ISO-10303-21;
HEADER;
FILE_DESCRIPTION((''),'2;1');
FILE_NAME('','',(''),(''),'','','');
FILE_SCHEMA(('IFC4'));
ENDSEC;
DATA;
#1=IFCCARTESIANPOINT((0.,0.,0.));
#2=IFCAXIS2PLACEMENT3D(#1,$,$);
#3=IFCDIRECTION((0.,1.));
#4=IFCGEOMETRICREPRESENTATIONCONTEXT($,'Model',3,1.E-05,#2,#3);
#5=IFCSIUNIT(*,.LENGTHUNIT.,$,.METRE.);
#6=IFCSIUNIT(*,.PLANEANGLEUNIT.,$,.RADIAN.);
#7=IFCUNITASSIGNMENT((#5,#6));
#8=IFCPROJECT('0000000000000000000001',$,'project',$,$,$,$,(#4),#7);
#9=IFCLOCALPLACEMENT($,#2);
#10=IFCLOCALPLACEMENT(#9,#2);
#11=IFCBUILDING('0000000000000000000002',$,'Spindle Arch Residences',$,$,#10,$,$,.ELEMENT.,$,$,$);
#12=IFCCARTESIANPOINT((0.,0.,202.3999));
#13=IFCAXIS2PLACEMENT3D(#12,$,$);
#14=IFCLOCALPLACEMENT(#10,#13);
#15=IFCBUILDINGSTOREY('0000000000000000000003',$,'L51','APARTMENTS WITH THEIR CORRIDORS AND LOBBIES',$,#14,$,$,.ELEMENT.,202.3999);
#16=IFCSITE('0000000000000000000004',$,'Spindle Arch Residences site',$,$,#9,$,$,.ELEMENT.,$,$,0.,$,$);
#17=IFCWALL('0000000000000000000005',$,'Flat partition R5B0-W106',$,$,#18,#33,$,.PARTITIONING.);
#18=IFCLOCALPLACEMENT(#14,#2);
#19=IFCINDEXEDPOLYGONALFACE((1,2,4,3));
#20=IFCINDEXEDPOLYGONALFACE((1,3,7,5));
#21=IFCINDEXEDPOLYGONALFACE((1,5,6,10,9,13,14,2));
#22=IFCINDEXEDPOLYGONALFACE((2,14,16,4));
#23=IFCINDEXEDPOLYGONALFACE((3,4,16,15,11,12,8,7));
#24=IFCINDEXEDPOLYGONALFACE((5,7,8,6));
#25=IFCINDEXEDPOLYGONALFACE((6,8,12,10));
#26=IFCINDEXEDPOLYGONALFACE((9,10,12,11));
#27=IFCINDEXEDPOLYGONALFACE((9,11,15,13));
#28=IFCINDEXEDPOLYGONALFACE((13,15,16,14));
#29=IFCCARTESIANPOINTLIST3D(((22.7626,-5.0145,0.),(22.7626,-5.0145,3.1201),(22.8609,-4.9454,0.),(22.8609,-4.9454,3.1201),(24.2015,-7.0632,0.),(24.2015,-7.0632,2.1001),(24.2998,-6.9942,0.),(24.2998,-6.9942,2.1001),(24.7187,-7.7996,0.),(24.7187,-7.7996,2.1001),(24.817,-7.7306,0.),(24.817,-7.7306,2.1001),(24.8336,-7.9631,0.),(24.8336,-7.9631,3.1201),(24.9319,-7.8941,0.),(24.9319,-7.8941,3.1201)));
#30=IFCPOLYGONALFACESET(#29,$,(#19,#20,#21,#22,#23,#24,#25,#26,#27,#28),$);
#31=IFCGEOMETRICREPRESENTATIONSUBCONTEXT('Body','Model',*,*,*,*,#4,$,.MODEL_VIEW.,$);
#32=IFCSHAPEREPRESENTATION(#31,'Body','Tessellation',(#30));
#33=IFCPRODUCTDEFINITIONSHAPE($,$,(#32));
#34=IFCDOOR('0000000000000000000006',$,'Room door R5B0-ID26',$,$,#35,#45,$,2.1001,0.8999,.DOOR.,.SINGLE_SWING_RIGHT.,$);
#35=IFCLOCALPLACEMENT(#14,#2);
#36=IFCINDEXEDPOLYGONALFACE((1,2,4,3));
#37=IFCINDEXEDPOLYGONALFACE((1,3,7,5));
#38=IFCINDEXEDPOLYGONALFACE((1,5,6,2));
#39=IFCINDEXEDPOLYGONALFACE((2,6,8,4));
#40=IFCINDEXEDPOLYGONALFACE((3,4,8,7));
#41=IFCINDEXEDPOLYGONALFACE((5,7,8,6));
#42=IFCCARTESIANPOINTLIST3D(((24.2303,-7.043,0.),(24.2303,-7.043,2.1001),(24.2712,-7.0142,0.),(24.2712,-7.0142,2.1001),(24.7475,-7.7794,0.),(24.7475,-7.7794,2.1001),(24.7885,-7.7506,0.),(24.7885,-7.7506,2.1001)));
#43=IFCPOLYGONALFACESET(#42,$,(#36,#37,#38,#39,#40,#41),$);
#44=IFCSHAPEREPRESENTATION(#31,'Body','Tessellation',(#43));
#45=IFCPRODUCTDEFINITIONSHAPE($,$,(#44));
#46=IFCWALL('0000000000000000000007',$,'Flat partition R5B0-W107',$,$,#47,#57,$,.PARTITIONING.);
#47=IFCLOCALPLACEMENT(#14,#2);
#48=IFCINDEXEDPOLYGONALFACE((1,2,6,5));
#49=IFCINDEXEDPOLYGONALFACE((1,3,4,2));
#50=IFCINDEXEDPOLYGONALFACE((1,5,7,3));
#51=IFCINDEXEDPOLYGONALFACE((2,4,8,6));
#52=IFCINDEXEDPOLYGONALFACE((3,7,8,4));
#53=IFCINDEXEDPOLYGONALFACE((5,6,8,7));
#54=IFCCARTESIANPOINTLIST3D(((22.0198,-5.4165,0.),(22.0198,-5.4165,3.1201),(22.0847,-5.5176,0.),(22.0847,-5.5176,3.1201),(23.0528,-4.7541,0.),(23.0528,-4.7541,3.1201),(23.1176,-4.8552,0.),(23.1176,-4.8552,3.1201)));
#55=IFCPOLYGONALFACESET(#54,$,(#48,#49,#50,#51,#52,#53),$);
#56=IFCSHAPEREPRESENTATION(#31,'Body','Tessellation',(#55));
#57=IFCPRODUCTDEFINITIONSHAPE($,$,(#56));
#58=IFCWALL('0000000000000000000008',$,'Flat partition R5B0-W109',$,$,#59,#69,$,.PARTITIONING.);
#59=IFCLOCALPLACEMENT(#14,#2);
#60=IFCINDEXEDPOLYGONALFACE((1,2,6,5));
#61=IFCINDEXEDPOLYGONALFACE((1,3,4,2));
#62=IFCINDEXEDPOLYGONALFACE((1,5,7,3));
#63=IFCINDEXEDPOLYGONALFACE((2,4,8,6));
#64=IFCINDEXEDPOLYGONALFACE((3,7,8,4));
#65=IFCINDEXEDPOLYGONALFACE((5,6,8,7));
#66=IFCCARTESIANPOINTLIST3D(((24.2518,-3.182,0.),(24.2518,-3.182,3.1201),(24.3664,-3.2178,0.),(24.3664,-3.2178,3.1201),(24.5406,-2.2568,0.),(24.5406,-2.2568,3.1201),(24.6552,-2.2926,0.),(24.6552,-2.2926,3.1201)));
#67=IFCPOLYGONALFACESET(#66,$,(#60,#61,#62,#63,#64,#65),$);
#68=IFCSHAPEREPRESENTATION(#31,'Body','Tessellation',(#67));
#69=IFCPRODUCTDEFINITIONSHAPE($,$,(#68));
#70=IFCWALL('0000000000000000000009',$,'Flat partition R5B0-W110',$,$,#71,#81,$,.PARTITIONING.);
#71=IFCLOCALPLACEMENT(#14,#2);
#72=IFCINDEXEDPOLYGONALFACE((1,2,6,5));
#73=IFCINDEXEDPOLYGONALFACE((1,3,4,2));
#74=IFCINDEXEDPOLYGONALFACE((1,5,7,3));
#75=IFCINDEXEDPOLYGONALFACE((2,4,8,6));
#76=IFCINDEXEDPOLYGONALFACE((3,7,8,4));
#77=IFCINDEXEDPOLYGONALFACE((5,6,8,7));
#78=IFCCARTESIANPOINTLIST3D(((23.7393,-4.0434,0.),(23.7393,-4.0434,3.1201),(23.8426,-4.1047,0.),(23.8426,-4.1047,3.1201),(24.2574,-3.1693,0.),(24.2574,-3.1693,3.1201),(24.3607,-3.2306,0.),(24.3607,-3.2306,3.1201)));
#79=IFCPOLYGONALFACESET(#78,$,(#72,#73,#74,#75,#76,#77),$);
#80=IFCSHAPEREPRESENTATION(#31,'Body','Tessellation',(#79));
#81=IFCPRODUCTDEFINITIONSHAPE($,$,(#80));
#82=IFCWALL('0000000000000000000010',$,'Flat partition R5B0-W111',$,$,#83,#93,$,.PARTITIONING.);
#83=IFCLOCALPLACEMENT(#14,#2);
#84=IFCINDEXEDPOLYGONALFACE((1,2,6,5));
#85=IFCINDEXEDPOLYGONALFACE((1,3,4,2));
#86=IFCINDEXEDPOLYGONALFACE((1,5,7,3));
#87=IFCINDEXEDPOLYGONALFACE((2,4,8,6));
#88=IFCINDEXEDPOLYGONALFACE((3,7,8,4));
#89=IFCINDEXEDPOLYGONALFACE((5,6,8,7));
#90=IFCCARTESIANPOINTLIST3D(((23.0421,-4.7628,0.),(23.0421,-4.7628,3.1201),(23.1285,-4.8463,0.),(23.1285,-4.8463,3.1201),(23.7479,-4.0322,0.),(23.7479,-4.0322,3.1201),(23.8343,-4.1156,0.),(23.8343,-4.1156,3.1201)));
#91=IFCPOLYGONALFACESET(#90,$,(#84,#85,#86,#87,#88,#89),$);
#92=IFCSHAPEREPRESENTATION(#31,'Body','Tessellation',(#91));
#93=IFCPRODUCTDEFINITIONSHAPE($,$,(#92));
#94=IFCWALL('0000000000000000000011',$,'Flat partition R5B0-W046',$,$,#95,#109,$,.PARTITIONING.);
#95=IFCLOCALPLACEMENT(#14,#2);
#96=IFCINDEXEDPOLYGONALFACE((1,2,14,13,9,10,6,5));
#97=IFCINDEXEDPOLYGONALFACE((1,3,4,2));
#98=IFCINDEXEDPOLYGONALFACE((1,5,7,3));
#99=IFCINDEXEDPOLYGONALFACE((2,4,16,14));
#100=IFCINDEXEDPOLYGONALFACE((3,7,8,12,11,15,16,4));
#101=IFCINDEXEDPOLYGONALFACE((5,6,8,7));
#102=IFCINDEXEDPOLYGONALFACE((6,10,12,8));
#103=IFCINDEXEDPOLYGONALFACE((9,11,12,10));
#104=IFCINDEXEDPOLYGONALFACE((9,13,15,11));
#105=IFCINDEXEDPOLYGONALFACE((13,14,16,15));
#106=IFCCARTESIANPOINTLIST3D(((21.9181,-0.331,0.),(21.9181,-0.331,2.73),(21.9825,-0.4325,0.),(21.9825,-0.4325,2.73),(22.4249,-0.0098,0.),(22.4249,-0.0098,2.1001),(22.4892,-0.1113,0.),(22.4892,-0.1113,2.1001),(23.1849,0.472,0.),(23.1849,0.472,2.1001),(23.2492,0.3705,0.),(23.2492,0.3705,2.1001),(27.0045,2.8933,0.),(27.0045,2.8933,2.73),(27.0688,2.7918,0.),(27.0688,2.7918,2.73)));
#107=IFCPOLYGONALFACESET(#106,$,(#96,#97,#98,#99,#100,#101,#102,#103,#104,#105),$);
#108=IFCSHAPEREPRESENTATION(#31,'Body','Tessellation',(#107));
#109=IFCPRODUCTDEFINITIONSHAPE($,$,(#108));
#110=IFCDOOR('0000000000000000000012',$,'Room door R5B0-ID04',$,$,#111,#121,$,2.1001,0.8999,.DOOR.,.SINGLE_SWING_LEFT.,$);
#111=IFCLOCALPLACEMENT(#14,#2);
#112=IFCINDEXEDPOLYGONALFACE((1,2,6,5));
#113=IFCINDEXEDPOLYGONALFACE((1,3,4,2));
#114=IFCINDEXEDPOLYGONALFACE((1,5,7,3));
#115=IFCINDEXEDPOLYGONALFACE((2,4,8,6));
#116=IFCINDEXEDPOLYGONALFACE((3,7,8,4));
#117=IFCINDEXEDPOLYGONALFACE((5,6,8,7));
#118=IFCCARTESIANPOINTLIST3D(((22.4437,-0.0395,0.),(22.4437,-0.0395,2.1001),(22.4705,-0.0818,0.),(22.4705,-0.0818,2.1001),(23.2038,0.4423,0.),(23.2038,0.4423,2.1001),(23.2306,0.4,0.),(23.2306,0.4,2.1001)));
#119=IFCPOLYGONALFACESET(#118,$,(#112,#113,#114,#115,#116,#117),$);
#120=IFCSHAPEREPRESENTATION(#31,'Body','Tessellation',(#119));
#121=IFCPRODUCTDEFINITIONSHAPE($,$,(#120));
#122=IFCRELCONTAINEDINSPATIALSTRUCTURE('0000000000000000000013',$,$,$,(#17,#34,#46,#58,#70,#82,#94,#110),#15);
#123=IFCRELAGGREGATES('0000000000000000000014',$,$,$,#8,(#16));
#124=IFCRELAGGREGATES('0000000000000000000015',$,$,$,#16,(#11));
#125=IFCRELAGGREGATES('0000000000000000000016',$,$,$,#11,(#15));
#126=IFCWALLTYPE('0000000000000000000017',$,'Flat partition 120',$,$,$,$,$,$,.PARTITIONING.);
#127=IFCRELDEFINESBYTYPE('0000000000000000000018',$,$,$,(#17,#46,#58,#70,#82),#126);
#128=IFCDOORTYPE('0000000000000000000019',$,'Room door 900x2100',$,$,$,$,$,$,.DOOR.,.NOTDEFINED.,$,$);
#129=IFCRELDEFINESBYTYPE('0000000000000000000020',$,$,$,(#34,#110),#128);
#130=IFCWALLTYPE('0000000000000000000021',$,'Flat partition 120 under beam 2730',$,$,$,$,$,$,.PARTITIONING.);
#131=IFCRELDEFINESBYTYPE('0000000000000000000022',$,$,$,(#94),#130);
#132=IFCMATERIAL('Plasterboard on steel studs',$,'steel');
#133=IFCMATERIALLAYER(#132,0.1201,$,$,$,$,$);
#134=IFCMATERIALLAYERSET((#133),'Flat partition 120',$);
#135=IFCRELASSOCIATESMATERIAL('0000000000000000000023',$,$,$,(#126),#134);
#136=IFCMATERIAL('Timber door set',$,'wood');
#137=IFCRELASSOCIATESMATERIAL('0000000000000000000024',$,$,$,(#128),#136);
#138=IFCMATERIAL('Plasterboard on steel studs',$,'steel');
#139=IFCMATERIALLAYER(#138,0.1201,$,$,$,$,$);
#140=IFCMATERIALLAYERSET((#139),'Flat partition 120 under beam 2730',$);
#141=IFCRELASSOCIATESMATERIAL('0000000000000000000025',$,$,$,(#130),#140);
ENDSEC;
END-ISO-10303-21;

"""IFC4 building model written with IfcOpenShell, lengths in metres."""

from ifc_helpers import new_model, si_unit, direction, frame, frame_2d, origin, place, context, subcontext, project, spatial, rectangle, extrude, material, layer, layer_set, type_object, element, fill, save


model = new_model("IFC4")

# Units and contexts
model_context = context("Model", 3, precision=1e-05, world=origin(), true_north=direction((0.0, 1.0)))
body_context = subcontext(model_context, "Body", "Model", "MODEL_VIEW")
ifc_project = project(units=[si_unit("LENGTHUNIT", "METRE"), si_unit("PLANEANGLEUNIT", "RADIAN")], contexts=[model_context])

# Site, building, storey
site_placement = place(None, origin())
site = spatial("IfcSite", under=ifc_project, at=site_placement, Name="Spindle Arch Residences site", CompositionType="ELEMENT", RefElevation=0.0)
building_placement = place(site_placement, origin())
building = spatial("IfcBuilding", under=site, at=building_placement, Name="Spindle Arch Residences", CompositionType="ELEMENT")
storey_placement = place(building_placement, frame((0.0, 0.0, 202.3999)))
storey = spatial("IfcBuildingStorey", under=building, at=storey_placement, Name="L51", Description="APARTMENTS WITH THEIR CORRIDORS AND LOBBIES", CompositionType="ELEMENT", Elevation=202.3999)

# Shared definitions
ifc_material_1 = material(Name="Plasterboard on steel studs", Category="steel")
ifc_layer_1 = layer(ifc_material_1, 0.1201)
ifc_layer_set_1 = layer_set([ifc_layer_1], Name="Flat partition 120")
wall_type_1 = type_object("IfcWallType", Name="Flat partition 120", PredefinedType="PARTITIONING", material=ifc_layer_set_1)

# Wall, opening, door
wall_1_placement = place(storey_placement, frame((24.8828, -7.9287, 0.0), z_axis=(0.0, 0.0, 1.0), x_axis=(-0.574753, 0.818327, 0.0)))
wall_1 = element("IfcWall", 1, at=wall_1_placement, inside=storey, type_object=wall_type_1, Name="Flat partition R5B0-W106", PredefinedType="PARTITIONING", context=body_context, shape_type="SweptSolid", body=[
    extrude(rectangle(XDim=3.6033, YDim=0.1201, at=frame_2d((1.8018, 0.0))), origin(), (0.0, 0.0, 1.0), 3.1201),
])
opening_1_placement = place(wall_1_placement, frame((0.2, 0.0, 0.0)))
opening_1 = element("IfcOpeningElement", 2, at=opening_1_placement, cuts=wall_1, PredefinedType="OPENING", context=body_context, shape_type="SweptSolid", body=[
    extrude(rectangle(XDim=0.8999, YDim=2.1001, at=frame_2d((0.45, 1.05))), frame((0.0, 0.0701, 0.0), z_axis=(0.0, -1.0, 0.0), x_axis=(1.0, 0.0, 0.0)), (0.0, 0.0, 1.0), 0.1401),
])
ifc_material_2 = material(Name="Timber door set", Category="wood")
door_type = type_object("IfcDoorType", Name="Room door 900x2100", OperationType="NOTDEFINED", PredefinedType="DOOR", material=ifc_material_2)
door_1_placement = place(opening_1_placement, origin())
door_1 = element("IfcDoor", 3, at=door_1_placement, inside=storey, type_object=door_type, Name="Room door R5B0-ID26", OperationType="SINGLE_SWING_RIGHT", OverallHeight=2.1001, OverallWidth=0.8999, PredefinedType="DOOR", context=body_context, shape_type="SweptSolid", body=[
    extrude(rectangle(XDim=0.8999, YDim=2.1001, at=frame_2d((0.45, 1.05))), frame((0.0, 0.0249, 0.0), z_axis=(0.0, -1.0, 0.0), x_axis=(1.0, 0.0, 0.0)), (0.0, 0.0, 1.0), 0.05),
])
fill(opening_1, door_1)

# Walls
wall_2_placement = place(storey_placement, frame((23.0852, -4.8047, 0.0), z_axis=(0.0, 0.0, 1.0), x_axis=(-0.841805, -0.539782, 0.0)))
element("IfcWall", 4, at=wall_2_placement, inside=storey, type_object=wall_type_1, Name="Flat partition R5B0-W107", PredefinedType="PARTITIONING", context=body_context, shape_type="SweptSolid", body=[
    extrude(rectangle(XDim=1.2271, YDim=0.1201, at=frame_2d((0.6135, 0.0))), origin(), (0.0, 0.0, 1.0), 3.1201),
])
wall_3_placement = place(storey_placement, frame((24.5979, -2.2747, 0.0), z_axis=(0.0, 0.0, 1.0), x_axis=(-0.297959, -0.954579, 0.0)))
element("IfcWall", 5, at=wall_3_placement, inside=storey, type_object=wall_type_1, Name="Flat partition R5B0-W109", PredefinedType="PARTITIONING", context=body_context, shape_type="SweptSolid", body=[
    extrude(rectangle(XDim=0.9692, YDim=0.1201, at=frame_2d((0.4846, 0.0))), origin(), (0.0, 0.0, 1.0), 3.1201),
])
wall_4_placement = place(storey_placement, frame((24.3091, -3.2, 0.0), z_axis=(0.0, 0.0, 1.0), x_axis=(-0.509895, -0.860237, 0.0)))
element("IfcWall", 6, at=wall_4_placement, inside=storey, type_object=wall_type_1, Name="Flat partition R5B0-W110", PredefinedType="PARTITIONING", context=body_context, shape_type="SweptSolid", body=[
    extrude(rectangle(XDim=1.0161, YDim=0.1201, at=frame_2d((0.5081, 0.0))), origin(), (0.0, 0.0, 1.0), 3.1201),
])
wall_5_placement = place(storey_placement, frame((23.791, -4.074, 0.0), z_axis=(0.0, 0.0, 1.0), x_axis=(-0.694745, -0.719257, 0.0)))
element("IfcWall", 7, at=wall_5_placement, inside=storey, type_object=wall_type_1, Name="Flat partition R5B0-W111", PredefinedType="PARTITIONING", context=body_context, shape_type="SweptSolid", body=[
    extrude(rectangle(XDim=1.0159, YDim=0.1201, at=frame_2d((0.5078, 0.0))), origin(), (0.0, 0.0, 1.0), 3.1201),
])

# Wall, opening, door
ifc_material_3 = material(Name="Plasterboard on steel studs", Category="steel")
ifc_layer_2 = layer(ifc_material_3, 0.1201)
ifc_layer_set_2 = layer_set([ifc_layer_2], Name="Flat partition 120 under beam 2730")
wall_type_2 = type_object("IfcWallType", Name="Flat partition 120 under beam 2730", PredefinedType="PARTITIONING", material=ifc_layer_set_2)
wall_6_placement = place(storey_placement, frame((21.9502, -0.3818, 0.0), z_axis=(0.0, 0.0, 1.0), x_axis=(0.844597, 0.535403, 0.0)))
wall_6 = element("IfcWall", 8, at=wall_6_placement, inside=storey, type_object=wall_type_2, Name="Flat partition R5B0-W046", PredefinedType="PARTITIONING", context=body_context, shape_type="SweptSolid", body=[
    extrude(rectangle(XDim=6.0222, YDim=0.1201, at=frame_2d((3.0112, 0.0))), origin(), (0.0, 0.0, 1.0), 2.73),
])
opening_2_placement = place(wall_6_placement, frame((0.6001, 0.0, 0.0)))
opening_2 = element("IfcOpeningElement", 9, at=opening_2_placement, cuts=wall_6, PredefinedType="OPENING", context=body_context, shape_type="SweptSolid", body=[
    extrude(rectangle(XDim=0.8999, YDim=2.1001, at=frame_2d((0.45, 1.05))), frame((0.0, 0.0701, 0.0), z_axis=(0.0, -1.0, 0.0), x_axis=(1.0, 0.0, 0.0)), (0.0, 0.0, 1.0), 0.1401),
])
door_2_placement = place(opening_2_placement, origin())
door_2 = element("IfcDoor", 10, at=door_2_placement, inside=storey, type_object=door_type, Name="Room door R5B0-ID04", OperationType="SINGLE_SWING_LEFT", OverallHeight=2.1001, OverallWidth=0.8999, PredefinedType="DOOR", context=body_context, shape_type="SweptSolid", body=[
    extrude(rectangle(XDim=0.8999, YDim=2.1001, at=frame_2d((0.45, 1.05))), frame((0.0, 0.0249, 0.0), z_axis=(0.0, -1.0, 0.0), x_axis=(1.0, 0.0, 0.0)), (0.0, 0.0, 1.0), 0.05),
])
fill(opening_2, door_2)

save(model, "model.ifc")
